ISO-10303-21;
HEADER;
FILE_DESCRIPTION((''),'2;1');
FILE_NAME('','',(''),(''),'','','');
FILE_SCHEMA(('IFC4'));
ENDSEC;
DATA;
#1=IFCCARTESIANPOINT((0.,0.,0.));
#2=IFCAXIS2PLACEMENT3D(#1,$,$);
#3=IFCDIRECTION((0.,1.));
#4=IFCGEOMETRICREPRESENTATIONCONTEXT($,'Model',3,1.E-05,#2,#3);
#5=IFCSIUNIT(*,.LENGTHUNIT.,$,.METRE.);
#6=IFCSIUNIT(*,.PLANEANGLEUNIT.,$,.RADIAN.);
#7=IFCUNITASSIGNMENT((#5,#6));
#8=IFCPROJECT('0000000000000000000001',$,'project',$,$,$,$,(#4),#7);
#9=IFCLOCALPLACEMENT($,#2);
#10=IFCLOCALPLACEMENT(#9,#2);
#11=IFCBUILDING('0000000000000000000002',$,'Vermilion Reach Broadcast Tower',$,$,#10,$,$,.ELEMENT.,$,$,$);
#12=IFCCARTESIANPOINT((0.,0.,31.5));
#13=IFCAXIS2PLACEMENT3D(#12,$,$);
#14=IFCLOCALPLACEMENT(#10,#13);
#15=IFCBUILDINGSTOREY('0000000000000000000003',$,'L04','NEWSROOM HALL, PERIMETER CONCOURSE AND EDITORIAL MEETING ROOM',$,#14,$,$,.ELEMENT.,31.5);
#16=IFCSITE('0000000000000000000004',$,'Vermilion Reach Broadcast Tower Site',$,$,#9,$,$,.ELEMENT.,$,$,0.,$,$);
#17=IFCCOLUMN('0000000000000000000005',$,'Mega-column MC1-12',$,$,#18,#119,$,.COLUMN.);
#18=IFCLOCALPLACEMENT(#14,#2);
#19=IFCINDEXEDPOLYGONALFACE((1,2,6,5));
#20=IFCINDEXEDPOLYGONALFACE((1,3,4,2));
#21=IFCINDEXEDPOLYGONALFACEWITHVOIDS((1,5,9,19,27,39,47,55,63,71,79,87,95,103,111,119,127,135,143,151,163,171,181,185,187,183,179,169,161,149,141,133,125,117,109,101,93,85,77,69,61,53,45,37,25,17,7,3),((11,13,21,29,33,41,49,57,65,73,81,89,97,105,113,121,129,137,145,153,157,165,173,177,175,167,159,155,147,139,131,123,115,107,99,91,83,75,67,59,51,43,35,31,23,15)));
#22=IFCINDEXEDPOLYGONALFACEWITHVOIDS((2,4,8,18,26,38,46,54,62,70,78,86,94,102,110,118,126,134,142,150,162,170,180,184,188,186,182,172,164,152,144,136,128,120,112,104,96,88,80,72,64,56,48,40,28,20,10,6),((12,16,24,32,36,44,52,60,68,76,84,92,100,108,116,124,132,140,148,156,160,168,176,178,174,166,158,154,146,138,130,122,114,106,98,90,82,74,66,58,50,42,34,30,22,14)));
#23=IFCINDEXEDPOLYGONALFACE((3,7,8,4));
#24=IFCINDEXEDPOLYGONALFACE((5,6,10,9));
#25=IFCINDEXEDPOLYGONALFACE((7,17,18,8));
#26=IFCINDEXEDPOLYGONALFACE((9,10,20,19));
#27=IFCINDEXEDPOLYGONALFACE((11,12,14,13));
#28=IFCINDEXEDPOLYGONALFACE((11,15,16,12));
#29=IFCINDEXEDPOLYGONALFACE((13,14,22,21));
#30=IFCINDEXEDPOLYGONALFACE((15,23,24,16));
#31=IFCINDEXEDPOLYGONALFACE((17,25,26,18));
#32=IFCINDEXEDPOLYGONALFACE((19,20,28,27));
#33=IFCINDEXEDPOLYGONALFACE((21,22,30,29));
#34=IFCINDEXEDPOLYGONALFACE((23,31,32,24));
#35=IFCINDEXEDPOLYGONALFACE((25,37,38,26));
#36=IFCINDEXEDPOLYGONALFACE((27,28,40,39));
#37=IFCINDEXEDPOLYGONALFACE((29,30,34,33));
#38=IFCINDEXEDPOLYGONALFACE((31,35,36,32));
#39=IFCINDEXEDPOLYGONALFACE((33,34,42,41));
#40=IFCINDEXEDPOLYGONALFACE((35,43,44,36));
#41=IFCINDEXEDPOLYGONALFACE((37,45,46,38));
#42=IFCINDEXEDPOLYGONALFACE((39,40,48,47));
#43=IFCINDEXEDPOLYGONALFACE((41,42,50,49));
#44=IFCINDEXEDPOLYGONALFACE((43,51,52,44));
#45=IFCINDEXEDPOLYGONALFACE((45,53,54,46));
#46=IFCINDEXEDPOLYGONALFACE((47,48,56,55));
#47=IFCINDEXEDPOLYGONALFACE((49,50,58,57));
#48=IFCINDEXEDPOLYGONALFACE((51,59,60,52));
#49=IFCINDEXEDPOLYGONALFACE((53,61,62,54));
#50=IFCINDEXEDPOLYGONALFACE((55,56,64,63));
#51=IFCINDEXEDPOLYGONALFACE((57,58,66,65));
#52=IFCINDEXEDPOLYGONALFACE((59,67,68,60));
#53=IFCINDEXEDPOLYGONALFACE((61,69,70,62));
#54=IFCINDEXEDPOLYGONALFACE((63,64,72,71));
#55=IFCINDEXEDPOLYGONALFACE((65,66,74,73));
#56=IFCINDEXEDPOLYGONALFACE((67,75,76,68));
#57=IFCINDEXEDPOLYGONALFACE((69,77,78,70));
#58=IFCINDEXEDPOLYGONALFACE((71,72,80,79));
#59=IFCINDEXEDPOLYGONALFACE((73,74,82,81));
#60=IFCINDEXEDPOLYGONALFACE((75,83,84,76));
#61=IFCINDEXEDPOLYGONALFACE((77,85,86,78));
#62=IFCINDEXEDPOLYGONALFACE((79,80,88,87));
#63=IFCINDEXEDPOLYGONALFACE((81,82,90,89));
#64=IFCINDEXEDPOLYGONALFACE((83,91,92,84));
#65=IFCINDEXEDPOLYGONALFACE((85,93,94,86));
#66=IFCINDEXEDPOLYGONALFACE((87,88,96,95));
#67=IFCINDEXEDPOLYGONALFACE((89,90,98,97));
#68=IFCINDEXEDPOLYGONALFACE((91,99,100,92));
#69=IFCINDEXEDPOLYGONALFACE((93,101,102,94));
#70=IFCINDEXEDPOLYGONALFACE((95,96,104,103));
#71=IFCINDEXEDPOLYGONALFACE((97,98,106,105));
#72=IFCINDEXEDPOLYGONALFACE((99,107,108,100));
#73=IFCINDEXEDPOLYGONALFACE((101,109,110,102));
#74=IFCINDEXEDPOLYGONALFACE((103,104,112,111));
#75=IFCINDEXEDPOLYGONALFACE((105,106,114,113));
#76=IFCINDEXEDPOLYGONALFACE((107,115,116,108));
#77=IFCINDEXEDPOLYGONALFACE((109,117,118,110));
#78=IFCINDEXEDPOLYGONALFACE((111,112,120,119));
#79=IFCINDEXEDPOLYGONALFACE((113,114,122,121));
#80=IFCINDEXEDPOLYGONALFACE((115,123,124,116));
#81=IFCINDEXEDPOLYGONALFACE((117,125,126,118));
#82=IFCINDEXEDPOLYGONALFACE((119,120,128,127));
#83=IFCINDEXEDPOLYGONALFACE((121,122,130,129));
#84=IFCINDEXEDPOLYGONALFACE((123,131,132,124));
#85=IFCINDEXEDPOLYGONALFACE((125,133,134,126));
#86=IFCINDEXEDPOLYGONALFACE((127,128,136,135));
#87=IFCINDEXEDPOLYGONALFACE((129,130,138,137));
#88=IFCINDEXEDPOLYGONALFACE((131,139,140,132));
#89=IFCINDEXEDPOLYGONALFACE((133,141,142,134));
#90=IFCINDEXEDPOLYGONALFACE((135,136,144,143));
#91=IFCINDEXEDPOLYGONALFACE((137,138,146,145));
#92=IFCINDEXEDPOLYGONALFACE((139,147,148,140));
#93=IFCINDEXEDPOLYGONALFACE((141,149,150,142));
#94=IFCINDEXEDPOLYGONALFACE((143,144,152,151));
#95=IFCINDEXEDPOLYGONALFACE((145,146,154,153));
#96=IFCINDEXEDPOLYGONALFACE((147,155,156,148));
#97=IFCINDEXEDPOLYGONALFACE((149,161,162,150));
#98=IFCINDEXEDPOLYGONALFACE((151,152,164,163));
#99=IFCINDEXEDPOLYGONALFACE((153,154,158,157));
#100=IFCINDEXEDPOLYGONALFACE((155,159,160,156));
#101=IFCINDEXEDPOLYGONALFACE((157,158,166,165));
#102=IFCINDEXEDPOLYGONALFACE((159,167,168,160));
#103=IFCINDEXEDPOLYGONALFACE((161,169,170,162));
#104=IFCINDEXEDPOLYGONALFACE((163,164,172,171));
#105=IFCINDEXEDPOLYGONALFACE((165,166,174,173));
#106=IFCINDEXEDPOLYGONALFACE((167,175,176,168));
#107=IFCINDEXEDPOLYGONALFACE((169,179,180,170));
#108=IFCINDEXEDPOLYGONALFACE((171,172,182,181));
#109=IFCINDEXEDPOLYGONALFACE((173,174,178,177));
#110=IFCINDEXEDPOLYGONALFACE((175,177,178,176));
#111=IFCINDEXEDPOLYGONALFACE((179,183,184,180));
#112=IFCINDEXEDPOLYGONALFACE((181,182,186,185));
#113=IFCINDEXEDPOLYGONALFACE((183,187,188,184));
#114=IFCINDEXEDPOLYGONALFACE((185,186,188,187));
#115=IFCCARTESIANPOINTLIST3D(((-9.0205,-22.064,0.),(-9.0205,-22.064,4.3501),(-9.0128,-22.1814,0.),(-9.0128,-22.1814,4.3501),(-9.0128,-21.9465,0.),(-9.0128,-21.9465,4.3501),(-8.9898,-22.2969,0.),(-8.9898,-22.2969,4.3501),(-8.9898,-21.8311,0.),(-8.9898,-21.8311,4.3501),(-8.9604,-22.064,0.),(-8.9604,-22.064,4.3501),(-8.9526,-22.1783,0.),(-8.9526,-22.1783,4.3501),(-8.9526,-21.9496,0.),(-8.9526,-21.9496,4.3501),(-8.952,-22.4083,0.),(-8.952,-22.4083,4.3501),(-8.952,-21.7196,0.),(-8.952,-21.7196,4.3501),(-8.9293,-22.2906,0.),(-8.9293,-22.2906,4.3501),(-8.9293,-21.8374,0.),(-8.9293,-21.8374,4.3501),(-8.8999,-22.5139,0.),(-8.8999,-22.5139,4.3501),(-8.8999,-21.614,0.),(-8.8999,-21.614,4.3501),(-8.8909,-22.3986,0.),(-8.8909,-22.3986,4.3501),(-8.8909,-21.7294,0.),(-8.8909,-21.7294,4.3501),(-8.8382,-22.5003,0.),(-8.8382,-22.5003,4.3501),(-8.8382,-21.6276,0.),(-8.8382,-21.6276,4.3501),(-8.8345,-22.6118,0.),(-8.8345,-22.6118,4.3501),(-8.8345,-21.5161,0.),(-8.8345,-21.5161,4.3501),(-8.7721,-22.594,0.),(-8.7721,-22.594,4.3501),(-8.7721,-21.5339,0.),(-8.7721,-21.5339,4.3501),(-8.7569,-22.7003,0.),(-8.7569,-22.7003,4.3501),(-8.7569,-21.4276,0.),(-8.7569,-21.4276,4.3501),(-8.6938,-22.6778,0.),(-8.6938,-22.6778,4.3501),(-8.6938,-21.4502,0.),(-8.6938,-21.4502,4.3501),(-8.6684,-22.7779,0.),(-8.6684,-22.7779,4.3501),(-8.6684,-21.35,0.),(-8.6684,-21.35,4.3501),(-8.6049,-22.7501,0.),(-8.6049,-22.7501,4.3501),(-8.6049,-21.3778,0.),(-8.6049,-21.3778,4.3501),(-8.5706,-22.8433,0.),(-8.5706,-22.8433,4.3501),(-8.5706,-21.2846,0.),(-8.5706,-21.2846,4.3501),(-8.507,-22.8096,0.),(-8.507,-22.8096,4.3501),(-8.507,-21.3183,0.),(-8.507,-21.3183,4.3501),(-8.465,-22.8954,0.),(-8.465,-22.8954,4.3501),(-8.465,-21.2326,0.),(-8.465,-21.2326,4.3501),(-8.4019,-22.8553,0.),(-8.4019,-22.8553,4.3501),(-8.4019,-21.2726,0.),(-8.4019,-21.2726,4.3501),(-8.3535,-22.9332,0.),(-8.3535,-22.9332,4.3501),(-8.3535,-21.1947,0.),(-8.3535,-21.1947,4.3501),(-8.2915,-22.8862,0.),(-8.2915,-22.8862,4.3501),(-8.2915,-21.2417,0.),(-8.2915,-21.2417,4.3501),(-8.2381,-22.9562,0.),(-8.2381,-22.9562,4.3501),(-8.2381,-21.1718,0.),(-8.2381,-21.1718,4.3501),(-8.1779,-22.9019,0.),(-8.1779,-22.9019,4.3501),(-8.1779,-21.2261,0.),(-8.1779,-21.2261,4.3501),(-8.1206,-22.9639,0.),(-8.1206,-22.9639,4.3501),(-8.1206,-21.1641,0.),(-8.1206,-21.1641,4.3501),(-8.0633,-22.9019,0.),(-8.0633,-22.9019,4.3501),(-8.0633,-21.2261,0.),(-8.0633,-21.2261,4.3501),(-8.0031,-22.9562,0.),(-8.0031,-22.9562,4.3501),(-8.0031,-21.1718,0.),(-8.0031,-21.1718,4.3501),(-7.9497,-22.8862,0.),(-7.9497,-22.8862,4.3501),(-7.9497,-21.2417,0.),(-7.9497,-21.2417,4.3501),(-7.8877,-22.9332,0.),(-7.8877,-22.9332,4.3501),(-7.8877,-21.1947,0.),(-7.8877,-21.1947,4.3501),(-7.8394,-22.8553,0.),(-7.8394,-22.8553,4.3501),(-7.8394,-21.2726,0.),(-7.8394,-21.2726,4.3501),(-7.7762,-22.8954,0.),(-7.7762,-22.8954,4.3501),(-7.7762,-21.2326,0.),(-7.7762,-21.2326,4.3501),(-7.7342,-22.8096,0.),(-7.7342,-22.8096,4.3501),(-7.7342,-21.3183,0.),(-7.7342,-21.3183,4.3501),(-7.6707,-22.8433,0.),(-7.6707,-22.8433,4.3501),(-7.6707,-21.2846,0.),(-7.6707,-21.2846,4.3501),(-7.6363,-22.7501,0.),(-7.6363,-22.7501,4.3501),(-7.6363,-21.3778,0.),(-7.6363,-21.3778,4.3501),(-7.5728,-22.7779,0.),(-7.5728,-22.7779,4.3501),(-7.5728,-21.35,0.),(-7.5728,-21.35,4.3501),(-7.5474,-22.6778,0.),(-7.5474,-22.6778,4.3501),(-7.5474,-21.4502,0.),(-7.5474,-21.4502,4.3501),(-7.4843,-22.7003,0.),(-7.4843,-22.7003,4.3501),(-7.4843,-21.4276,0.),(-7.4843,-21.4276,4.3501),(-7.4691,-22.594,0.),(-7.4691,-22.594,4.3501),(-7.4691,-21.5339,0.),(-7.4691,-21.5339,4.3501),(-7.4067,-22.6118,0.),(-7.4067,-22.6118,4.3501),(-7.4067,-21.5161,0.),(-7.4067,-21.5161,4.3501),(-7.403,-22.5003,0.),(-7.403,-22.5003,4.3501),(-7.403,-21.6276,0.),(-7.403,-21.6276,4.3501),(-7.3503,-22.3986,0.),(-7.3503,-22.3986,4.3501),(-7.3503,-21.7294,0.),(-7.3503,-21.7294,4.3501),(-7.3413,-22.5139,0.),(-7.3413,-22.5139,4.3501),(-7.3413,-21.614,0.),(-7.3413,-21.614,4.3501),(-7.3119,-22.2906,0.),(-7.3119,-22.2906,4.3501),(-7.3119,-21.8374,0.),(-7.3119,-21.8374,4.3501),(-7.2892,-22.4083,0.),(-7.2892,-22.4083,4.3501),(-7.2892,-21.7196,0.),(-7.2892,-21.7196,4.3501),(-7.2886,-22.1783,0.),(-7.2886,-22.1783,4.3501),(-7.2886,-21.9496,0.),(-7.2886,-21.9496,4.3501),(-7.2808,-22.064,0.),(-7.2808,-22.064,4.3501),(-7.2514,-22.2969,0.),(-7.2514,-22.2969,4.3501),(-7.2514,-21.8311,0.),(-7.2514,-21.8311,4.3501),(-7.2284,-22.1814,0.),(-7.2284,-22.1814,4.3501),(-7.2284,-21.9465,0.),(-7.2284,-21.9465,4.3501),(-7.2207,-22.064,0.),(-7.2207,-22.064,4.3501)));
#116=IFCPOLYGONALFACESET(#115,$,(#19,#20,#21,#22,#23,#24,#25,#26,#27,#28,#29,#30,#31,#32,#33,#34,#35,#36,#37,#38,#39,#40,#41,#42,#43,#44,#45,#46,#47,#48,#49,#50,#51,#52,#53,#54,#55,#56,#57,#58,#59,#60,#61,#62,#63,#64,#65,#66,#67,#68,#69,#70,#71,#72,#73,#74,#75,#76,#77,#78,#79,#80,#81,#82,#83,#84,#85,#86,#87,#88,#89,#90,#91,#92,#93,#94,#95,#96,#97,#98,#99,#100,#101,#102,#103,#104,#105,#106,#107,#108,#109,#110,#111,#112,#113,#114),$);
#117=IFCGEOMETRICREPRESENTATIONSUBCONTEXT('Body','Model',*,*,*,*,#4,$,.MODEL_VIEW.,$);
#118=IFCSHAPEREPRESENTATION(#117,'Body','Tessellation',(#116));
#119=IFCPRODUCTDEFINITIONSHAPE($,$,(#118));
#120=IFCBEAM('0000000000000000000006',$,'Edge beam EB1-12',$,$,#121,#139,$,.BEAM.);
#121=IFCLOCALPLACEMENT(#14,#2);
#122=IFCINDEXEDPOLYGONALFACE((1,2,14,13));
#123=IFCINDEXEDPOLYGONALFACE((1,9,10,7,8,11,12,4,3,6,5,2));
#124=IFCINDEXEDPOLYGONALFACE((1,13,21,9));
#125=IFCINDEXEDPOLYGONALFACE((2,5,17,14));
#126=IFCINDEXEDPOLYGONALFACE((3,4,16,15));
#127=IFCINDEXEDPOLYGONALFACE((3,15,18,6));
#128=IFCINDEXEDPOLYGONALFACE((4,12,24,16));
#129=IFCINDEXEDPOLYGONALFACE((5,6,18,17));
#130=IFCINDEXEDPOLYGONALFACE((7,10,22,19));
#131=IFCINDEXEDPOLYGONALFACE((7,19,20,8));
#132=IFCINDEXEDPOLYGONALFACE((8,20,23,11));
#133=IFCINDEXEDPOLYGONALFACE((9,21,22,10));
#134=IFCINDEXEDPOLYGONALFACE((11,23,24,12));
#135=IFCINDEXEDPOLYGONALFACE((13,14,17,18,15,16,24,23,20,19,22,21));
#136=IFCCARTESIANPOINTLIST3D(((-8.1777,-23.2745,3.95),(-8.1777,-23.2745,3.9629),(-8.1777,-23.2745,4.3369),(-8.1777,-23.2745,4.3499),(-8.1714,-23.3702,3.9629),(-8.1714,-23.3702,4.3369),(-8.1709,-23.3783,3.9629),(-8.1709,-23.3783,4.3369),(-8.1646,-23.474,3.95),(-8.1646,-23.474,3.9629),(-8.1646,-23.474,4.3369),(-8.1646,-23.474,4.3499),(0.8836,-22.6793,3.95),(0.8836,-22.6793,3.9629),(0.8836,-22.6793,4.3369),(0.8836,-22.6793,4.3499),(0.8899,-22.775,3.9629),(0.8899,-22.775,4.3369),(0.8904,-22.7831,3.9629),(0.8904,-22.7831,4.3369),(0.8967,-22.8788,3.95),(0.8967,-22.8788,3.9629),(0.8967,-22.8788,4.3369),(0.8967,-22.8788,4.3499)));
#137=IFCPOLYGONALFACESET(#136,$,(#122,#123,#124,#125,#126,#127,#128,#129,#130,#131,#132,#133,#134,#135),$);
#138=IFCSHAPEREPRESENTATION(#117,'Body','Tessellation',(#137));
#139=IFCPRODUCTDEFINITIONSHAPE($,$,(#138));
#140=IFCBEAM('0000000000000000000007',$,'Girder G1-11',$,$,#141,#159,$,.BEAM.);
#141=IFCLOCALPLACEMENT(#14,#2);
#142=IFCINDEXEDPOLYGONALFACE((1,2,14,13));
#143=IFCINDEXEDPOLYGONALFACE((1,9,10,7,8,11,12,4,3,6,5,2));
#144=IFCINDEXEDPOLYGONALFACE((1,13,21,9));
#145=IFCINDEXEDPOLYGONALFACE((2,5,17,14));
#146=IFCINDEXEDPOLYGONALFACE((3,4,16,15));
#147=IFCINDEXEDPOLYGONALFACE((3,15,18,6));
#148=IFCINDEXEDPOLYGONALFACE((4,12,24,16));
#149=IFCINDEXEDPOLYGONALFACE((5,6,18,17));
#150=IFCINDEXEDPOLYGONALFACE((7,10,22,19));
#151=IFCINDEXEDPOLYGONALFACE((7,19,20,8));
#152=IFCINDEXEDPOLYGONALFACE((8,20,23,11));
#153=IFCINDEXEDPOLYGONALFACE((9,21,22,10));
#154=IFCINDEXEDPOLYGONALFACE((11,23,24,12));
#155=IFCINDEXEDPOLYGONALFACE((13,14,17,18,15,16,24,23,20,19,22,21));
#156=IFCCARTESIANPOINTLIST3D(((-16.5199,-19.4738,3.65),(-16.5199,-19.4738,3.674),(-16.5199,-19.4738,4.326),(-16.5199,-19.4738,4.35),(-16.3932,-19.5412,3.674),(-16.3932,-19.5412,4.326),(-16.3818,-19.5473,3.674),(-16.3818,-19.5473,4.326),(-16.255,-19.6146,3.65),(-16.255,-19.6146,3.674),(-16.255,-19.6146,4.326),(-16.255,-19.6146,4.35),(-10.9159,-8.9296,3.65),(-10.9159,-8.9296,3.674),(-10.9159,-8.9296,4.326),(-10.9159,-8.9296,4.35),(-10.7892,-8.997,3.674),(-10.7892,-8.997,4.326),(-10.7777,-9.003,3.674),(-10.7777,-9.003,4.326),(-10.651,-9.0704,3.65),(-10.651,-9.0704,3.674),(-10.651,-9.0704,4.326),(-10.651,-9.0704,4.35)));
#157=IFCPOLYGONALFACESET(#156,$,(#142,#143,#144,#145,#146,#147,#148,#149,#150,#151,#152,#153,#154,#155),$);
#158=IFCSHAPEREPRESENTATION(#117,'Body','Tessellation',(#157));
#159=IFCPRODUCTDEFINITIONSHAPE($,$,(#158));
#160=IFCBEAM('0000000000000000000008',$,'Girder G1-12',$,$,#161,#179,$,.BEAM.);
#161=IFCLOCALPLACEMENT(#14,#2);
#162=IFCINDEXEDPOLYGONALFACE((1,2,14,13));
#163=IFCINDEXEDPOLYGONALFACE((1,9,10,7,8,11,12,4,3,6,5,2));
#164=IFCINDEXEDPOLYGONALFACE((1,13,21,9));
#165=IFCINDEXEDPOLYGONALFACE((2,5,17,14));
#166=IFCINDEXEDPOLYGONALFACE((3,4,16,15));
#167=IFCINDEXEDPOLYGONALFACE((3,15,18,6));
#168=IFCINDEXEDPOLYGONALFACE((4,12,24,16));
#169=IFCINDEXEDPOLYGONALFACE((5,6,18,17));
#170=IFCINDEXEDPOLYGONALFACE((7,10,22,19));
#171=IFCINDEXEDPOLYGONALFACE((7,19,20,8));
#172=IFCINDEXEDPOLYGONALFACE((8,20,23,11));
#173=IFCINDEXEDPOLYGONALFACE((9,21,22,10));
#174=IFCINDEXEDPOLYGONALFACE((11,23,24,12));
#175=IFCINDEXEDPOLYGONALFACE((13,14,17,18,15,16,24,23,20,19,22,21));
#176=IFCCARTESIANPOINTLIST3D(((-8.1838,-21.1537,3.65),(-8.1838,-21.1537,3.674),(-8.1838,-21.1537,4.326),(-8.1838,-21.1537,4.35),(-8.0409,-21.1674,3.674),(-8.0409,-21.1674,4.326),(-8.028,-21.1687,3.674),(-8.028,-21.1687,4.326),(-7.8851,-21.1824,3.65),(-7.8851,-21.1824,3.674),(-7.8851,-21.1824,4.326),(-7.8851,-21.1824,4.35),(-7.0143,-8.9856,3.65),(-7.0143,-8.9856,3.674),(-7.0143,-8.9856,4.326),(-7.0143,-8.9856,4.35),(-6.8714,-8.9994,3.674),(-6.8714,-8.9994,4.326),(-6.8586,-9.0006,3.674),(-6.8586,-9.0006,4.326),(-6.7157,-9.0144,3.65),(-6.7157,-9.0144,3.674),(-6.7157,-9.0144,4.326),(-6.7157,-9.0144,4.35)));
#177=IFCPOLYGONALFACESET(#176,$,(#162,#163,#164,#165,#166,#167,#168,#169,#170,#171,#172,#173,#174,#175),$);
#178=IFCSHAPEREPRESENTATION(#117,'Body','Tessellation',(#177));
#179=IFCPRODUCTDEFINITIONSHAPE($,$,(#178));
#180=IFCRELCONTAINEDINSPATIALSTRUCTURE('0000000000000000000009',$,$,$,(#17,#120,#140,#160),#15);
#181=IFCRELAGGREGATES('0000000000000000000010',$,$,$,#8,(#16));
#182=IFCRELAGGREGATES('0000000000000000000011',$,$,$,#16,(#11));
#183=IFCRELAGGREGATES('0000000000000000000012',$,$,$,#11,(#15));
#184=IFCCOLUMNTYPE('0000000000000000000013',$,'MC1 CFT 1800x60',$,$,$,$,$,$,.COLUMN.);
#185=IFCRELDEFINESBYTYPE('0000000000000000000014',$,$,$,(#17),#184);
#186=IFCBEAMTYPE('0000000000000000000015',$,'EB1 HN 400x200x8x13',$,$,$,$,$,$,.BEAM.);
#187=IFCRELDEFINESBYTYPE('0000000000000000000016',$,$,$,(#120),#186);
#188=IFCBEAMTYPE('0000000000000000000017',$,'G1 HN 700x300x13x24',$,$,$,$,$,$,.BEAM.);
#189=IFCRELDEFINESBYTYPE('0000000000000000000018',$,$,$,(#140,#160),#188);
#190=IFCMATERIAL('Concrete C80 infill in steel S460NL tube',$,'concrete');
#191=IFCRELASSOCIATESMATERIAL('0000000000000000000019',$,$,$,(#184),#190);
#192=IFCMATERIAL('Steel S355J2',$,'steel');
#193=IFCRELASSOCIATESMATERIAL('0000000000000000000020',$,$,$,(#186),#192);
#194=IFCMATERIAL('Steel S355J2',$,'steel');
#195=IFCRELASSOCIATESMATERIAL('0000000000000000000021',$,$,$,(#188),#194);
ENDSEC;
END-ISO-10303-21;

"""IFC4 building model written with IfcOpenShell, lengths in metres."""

from ifc_helpers import new_model, si_unit, direction, frame, origin, origin_2d, place, context, subcontext, project, spatial, hollow_circle, i_section, extrude, material, material_profile, profile_set, type_object, element, save


model = new_model("IFC4")

# Units and contexts
model_context = context("Model", 3, precision=1e-05, world=origin(), true_north=direction((0.0, 1.0)))
body_context = subcontext(model_context, "Body", "Model", "MODEL_VIEW")
ifc_project = project(units=[si_unit("LENGTHUNIT", "METRE"), si_unit("PLANEANGLEUNIT", "RADIAN")], contexts=[model_context])

# Site, building, storey
site_placement = place(None, origin())
site = spatial("IfcSite", under=ifc_project, at=site_placement, Name="Vermilion Reach Broadcast Tower Site", CompositionType="ELEMENT", RefElevation=0.0)
building_placement = place(site_placement, origin())
building = spatial("IfcBuilding", under=site, at=building_placement, Name="Vermilion Reach Broadcast Tower", CompositionType="ELEMENT")
storey_placement = place(building_placement, frame((0.0, 0.0, 31.5)))
storey = spatial("IfcBuildingStorey", under=building, at=storey_placement, Name="L04", Description="NEWSROOM HALL, PERIMETER CONCOURSE AND EDITORIAL MEETING ROOM", CompositionType="ELEMENT", Elevation=31.5)

# Column
ifc_material_1 = material(Name="Concrete C80 infill in steel S460NL tube", Category="concrete")
ifc_material_profile_1 = material_profile(ifc_material_1, hollow_circle(Radius=0.8999, WallThickness=0.0601, at=origin_2d()), Name="Concrete C80 infill in steel S460NL tube CFT 1800x60")
ifc_profile_set_1 = profile_set([ifc_material_profile_1], Name="Concrete C80 infill in steel S460NL tube")
column_type = type_object("IfcColumnType", Name="MC1 CFT 1800x60", PredefinedType="COLUMN", material=ifc_profile_set_1)
column_placement = place(storey_placement, frame((-8.1206, -22.064, 0.0), z_axis=(0.0, 0.0, 1.0), x_axis=(1.0, 0.0, 0.0)))
element("IfcColumn", 1, at=column_placement, inside=storey, type_object=column_type, Name="Mega-column MC1-12", PredefinedType="COLUMN", context=body_context, shape_type="SweptSolid", body=[
    extrude(hollow_circle(Radius=0.8999, WallThickness=0.0601, at=origin_2d()), origin(), (0.0, 0.0, 1.0), 4.3501),
])

# Beams
ifc_material_2 = material(Name="Steel S355J2", Category="steel")
ifc_material_profile_2 = material_profile(ifc_material_2, i_section(OverallWidth=0.2, OverallDepth=0.3999, WebThickness=0.0081, FlangeThickness=0.0129, at=origin_2d()), Name="S355J2 HN 400x200x8x13")
ifc_profile_set_2 = profile_set([ifc_material_profile_2], Name="Steel S355J2")
beam_type_1 = type_object("IfcBeamType", Name="EB1 HN 400x200x8x13", PredefinedType="BEAM", material=ifc_profile_set_2)
beam_1_placement = place(storey_placement, frame((-8.1711, -23.3743, 4.1499), z_axis=(0.99785, 0.065546, 0.0), x_axis=(-0.065546, 0.99785, 0.0)))
element("IfcBeam", 2, at=beam_1_placement, inside=storey, type_object=beam_type_1, Name="Edge beam EB1-12", PredefinedType="BEAM", context=body_context, shape_type="SweptSolid", body=[
    extrude(i_section(OverallWidth=0.2, OverallDepth=0.3999, WebThickness=0.0081, FlangeThickness=0.0129, at=origin_2d()), origin(), (0.0, 0.0, 1.0), 9.0808),
])
ifc_material_3 = material(Name="Steel S355J2", Category="steel")
ifc_material_profile_3 = material_profile(ifc_material_3, i_section(OverallWidth=0.3, OverallDepth=0.7, WebThickness=0.0129, FlangeThickness=0.0239, at=origin_2d()), Name="S355J2 HN 700x300x13x24")
ifc_profile_set_3 = profile_set([ifc_material_profile_3], Name="Steel S355J2")
beam_type_2 = type_object("IfcBeamType", Name="G1 HN 700x300x13x24", PredefinedType="BEAM", material=ifc_profile_set_3)
beam_2_placement = place(storey_placement, frame((-10.7834, -9.0, 4.0), z_axis=(-0.469312, -0.883032, 0.0), x_axis=(0.883032, -0.469312, 0.0)))
element("IfcBeam", 3, at=beam_2_placement, inside=storey, type_object=beam_type_2, Name="Girder G1-11", PredefinedType="BEAM", context=body_context, shape_type="SweptSolid", body=[
    extrude(i_section(OverallWidth=0.3, OverallDepth=0.7, WebThickness=0.0129, FlangeThickness=0.0239, at=origin_2d()), origin(), (0.0, 0.0, 1.0), 11.9409),
])
beam_3_placement = place(storey_placement, frame((-6.865, -9.0, 4.0), z_axis=(-0.095667, -0.995413, 0.0), x_axis=(0.995413, -0.095667, 0.0)))
element("IfcBeam", 4, at=beam_3_placement, inside=storey, type_object=beam_type_2, Name="Girder G1-12", PredefinedType="BEAM", context=body_context, shape_type="SweptSolid", body=[
    extrude(i_section(OverallWidth=0.3, OverallDepth=0.7, WebThickness=0.0129, FlangeThickness=0.0239, at=origin_2d()), origin(), (0.0, 0.0, 1.0), 12.2241),
])

save(model, "model.ifc")
